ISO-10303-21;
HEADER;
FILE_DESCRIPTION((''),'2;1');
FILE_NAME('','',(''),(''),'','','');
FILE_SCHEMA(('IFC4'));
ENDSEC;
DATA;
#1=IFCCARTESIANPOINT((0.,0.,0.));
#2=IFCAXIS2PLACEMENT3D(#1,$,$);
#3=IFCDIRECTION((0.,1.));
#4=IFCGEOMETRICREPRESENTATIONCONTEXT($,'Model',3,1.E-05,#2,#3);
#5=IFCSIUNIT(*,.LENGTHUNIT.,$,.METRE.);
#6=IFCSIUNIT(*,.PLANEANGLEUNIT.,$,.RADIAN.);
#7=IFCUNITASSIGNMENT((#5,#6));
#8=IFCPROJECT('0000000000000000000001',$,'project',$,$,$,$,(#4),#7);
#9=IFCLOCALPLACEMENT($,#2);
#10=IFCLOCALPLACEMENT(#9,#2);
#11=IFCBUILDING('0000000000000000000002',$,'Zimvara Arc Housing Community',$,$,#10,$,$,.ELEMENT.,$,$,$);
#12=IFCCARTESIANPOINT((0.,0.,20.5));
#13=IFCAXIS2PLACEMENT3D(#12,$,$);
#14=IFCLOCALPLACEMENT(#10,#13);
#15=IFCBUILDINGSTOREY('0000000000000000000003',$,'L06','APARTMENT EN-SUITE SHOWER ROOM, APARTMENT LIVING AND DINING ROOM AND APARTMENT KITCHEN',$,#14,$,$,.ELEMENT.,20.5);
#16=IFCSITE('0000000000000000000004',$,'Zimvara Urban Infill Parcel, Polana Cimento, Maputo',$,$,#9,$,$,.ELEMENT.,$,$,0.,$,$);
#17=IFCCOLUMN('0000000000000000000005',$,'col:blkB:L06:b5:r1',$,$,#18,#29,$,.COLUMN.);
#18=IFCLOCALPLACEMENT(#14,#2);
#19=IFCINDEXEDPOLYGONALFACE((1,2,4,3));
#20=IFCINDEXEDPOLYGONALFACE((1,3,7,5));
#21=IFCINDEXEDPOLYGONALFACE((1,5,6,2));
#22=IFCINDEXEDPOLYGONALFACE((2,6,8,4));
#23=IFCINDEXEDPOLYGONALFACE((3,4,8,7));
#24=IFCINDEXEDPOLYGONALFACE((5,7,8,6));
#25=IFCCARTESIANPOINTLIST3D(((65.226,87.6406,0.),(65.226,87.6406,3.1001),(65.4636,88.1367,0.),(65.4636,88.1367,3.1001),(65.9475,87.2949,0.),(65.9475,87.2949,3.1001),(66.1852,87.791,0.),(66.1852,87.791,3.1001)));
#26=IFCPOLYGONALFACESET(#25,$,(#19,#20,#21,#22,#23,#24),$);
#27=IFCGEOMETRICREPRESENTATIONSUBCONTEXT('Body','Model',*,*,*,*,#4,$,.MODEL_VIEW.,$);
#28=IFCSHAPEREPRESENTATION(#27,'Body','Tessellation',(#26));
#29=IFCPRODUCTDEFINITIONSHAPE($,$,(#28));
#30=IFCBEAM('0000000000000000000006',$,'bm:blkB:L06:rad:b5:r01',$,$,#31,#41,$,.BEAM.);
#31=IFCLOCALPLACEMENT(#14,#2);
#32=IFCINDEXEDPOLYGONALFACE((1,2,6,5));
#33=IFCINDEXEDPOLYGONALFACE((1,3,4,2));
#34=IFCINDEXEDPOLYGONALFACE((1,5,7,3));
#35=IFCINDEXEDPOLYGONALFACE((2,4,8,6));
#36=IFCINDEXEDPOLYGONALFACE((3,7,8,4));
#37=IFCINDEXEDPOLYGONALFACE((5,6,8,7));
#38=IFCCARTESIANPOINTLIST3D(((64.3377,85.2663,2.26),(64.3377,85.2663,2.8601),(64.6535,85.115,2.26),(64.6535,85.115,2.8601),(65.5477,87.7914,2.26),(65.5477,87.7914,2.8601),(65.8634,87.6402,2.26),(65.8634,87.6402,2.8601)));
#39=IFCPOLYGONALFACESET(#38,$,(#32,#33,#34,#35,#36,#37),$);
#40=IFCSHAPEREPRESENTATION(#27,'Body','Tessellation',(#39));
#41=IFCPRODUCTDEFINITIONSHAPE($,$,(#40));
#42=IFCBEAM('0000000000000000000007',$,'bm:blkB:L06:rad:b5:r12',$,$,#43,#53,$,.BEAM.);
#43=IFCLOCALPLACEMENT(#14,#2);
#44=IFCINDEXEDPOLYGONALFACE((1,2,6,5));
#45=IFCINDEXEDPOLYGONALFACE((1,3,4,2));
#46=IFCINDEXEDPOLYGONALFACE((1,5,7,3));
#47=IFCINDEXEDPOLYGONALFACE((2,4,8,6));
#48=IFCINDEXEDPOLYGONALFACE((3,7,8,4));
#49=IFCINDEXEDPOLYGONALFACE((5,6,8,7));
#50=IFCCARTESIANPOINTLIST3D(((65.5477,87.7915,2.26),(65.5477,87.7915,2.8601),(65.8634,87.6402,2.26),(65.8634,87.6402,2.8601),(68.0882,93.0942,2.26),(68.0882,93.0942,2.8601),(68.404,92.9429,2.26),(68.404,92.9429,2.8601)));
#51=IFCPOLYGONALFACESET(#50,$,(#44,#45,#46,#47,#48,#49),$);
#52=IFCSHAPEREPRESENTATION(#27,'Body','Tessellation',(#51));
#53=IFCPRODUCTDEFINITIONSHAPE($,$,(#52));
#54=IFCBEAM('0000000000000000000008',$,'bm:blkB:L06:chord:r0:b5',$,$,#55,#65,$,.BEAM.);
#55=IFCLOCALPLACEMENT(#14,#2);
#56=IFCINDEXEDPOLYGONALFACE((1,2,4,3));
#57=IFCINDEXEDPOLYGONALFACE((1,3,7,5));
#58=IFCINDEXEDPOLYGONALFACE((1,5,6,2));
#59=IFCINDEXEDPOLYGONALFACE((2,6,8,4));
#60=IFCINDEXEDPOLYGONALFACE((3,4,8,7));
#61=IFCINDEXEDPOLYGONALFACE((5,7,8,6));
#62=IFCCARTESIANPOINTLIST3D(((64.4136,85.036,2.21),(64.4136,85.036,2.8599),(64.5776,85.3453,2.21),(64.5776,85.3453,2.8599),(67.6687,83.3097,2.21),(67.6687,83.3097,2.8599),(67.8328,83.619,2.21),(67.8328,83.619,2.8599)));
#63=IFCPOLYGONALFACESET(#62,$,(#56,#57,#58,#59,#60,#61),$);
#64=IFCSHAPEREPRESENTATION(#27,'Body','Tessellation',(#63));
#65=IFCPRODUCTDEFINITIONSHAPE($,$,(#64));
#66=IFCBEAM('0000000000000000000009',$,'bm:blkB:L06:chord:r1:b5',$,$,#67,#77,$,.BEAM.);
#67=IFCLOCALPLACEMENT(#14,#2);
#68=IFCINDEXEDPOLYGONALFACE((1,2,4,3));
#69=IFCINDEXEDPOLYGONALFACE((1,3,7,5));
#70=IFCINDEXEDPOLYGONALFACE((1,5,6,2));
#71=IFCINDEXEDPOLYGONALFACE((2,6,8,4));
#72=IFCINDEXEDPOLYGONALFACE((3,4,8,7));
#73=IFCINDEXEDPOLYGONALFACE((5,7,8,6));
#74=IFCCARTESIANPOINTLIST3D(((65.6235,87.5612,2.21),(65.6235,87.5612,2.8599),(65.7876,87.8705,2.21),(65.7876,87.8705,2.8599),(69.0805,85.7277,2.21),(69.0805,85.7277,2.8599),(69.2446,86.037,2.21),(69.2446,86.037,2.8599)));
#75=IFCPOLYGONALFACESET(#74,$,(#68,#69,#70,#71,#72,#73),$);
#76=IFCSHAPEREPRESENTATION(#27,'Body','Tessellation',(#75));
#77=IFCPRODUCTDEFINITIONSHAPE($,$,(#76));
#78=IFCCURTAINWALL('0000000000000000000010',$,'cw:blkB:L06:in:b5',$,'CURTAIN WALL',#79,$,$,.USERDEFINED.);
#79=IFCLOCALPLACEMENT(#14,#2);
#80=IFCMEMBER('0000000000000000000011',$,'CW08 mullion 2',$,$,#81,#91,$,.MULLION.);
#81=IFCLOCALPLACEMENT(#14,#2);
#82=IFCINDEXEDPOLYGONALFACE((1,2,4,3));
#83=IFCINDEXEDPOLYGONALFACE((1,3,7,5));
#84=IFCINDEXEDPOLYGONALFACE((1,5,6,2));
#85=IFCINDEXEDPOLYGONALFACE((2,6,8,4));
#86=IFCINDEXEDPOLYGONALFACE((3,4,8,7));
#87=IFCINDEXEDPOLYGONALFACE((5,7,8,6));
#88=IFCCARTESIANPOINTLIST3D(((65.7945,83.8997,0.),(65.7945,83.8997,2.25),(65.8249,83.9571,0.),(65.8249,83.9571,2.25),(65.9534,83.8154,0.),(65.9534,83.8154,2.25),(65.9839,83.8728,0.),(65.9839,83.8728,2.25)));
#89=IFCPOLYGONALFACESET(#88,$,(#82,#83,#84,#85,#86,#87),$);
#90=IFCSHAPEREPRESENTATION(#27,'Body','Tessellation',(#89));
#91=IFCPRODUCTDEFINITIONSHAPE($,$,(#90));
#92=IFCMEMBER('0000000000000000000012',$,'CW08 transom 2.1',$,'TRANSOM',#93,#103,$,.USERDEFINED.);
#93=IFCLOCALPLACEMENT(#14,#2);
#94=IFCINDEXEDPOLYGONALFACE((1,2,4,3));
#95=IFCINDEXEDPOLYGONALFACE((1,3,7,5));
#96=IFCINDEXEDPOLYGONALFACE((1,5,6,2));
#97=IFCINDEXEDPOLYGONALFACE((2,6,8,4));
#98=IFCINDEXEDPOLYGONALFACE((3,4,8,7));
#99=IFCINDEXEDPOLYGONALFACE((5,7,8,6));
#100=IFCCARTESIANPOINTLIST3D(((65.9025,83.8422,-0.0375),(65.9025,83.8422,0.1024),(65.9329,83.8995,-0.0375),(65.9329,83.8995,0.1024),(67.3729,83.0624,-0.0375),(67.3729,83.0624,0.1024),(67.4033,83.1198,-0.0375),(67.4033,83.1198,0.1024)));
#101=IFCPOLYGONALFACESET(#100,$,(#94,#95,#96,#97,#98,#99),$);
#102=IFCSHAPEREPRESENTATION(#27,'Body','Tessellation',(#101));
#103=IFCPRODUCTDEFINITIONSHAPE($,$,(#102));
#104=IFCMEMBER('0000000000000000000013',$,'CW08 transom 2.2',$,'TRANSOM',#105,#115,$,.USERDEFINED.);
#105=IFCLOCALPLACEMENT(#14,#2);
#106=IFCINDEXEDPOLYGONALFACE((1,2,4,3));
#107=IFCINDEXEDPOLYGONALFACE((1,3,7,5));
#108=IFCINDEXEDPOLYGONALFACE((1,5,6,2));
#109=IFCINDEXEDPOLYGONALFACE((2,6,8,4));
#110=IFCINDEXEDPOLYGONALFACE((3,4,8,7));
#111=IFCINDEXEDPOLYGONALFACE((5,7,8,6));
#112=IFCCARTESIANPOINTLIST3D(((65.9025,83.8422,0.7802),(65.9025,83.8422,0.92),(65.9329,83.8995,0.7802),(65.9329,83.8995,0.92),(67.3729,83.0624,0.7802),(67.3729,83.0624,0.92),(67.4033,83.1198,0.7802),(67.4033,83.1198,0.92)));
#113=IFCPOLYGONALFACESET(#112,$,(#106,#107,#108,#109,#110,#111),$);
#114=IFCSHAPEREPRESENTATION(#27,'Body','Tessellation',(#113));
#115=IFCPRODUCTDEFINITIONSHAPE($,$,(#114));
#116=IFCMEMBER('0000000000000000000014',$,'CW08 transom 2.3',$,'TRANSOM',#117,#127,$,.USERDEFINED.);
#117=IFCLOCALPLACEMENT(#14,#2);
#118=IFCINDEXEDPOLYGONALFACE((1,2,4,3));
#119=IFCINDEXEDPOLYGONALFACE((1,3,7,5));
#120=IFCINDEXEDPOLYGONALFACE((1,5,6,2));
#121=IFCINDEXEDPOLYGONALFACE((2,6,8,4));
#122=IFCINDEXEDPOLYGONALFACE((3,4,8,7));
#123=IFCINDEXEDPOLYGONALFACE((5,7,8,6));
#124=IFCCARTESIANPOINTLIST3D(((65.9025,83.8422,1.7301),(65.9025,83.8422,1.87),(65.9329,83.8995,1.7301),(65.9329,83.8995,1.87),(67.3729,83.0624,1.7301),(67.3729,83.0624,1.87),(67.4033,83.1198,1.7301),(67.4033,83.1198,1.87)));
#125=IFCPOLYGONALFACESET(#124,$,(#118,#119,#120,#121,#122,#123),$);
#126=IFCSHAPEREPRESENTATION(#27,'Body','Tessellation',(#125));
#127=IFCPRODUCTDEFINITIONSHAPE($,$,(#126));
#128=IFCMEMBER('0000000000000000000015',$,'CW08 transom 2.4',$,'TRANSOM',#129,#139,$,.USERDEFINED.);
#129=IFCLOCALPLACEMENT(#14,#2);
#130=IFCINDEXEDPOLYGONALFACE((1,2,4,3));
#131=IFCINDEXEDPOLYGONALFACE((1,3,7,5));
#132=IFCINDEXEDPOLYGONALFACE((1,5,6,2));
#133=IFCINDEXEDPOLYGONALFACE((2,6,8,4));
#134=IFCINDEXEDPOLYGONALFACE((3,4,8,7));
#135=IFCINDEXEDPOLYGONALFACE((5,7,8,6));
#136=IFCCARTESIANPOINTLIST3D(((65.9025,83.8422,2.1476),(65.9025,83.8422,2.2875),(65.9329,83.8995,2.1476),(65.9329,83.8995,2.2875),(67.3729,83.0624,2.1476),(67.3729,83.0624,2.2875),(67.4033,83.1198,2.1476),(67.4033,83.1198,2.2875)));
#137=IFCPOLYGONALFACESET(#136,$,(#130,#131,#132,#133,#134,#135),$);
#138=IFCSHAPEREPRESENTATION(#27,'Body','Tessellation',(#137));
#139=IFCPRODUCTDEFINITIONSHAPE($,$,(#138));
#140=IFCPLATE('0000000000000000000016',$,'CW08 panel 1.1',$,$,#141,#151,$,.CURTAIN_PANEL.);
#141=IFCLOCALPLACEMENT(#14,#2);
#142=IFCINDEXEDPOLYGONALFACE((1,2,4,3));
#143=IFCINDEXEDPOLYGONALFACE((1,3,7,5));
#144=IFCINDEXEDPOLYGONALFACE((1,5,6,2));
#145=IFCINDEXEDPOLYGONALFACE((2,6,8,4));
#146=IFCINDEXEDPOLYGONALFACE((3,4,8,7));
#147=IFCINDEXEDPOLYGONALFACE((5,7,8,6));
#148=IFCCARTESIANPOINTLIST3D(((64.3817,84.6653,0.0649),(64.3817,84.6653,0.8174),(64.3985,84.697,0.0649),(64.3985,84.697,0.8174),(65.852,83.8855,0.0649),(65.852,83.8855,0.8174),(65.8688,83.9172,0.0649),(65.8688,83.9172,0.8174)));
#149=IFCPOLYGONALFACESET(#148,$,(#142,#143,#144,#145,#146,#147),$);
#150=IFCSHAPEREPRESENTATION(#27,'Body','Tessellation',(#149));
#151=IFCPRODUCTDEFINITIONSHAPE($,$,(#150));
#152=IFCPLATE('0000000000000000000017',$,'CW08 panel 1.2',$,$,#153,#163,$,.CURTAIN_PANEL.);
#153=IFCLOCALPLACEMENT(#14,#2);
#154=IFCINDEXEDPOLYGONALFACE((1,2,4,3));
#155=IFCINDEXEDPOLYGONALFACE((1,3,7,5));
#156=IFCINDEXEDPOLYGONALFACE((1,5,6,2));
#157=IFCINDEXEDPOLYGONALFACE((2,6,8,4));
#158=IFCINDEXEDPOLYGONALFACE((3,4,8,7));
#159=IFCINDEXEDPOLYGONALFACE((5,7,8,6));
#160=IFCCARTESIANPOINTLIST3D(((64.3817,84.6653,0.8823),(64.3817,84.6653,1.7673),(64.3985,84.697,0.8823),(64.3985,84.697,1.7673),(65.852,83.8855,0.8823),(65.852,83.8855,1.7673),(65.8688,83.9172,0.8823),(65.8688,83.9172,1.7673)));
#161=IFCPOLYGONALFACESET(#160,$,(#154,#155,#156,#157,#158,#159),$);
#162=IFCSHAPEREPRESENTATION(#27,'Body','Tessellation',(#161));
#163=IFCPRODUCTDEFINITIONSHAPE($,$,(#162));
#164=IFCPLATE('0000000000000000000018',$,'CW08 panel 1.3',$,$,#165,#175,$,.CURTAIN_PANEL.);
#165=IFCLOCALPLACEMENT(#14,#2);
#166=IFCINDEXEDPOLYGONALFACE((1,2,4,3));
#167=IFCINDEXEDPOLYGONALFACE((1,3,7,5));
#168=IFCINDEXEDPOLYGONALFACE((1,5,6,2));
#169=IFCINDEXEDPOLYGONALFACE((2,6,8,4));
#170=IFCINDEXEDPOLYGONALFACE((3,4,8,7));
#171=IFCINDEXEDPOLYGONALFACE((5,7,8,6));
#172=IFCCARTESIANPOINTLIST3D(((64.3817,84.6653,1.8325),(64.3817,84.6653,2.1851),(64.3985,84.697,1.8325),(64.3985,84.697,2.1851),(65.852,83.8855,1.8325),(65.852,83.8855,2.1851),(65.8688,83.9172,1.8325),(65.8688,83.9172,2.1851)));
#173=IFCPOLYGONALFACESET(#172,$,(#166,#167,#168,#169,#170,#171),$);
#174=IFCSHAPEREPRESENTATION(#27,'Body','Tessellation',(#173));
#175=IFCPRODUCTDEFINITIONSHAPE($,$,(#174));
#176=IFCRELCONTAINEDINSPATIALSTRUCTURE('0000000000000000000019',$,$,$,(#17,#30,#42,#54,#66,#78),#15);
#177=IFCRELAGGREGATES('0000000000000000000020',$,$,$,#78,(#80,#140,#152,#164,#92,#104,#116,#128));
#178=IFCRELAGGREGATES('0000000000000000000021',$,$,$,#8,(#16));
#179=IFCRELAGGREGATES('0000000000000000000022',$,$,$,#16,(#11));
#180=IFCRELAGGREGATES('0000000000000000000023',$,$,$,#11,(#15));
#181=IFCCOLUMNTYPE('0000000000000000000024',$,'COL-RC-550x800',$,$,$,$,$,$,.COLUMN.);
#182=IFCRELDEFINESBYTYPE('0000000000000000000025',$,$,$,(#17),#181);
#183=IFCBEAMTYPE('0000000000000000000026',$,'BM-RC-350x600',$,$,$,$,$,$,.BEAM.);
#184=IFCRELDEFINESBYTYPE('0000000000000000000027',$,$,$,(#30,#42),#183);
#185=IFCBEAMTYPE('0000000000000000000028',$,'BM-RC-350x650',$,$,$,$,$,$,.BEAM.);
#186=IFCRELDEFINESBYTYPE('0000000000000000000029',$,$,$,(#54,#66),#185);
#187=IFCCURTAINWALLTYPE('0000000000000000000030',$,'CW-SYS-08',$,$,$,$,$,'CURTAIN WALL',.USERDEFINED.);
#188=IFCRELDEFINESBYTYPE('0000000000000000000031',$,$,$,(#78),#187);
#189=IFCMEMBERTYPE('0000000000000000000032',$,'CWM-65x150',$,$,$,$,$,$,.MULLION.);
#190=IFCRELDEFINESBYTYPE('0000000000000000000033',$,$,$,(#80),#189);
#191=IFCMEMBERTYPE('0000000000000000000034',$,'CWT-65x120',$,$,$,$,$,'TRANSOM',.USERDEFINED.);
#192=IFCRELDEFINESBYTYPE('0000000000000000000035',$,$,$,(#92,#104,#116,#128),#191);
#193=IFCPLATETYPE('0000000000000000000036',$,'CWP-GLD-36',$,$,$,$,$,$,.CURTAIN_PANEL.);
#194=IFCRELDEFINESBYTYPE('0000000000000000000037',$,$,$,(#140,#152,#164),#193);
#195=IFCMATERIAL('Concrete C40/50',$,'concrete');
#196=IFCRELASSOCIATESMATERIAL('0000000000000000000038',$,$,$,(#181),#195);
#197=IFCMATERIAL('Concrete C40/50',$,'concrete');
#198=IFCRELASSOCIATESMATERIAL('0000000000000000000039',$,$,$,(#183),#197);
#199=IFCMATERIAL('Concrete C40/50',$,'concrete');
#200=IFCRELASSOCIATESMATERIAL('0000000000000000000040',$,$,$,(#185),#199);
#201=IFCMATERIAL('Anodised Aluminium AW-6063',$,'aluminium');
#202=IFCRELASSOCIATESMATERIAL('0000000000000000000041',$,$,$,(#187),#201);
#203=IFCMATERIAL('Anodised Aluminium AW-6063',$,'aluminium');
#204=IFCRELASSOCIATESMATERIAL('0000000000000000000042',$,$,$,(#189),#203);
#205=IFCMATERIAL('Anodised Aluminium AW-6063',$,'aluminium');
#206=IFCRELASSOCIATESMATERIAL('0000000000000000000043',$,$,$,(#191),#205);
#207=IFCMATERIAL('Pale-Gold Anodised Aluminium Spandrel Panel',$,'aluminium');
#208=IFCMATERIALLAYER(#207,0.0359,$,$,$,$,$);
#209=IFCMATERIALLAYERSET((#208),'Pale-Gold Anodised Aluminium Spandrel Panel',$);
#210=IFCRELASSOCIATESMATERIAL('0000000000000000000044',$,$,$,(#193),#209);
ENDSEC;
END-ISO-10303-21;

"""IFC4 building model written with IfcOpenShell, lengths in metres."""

from ifc_helpers import new_model, si_unit, direction, frame, origin, origin_2d, place, context, subcontext, project, spatial, rectangle, extrude, material, layer, layer_set, material_profile, profile_set, type_object, element, aggregate, save


model = new_model("IFC4")

# Units and contexts
model_context = context("Model", 3, precision=1e-05, world=origin(), true_north=direction((0.0, 1.0)))
body_context = subcontext(model_context, "Body", "Model", "MODEL_VIEW")
ifc_project = project(units=[si_unit("LENGTHUNIT", "METRE"), si_unit("PLANEANGLEUNIT", "RADIAN")], contexts=[model_context])

# Site, building, storey
site_placement = place(None, origin())
site = spatial("IfcSite", under=ifc_project, at=site_placement, Name="Zimvara Urban Infill Parcel, Polana Cimento, Maputo", CompositionType="ELEMENT", RefElevation=0.0)
building_placement = place(site_placement, origin())
building = spatial("IfcBuilding", under=site, at=building_placement, Name="Zimvara Arc Housing Community", CompositionType="ELEMENT")
storey_placement = place(building_placement, frame((0.0, 0.0, 20.5)))
storey = spatial("IfcBuildingStorey", under=building, at=storey_placement, Name="L06", Description="APARTMENT EN-SUITE SHOWER ROOM, APARTMENT LIVING AND DINING ROOM AND APARTMENT KITCHEN", CompositionType="ELEMENT", Elevation=20.5)

# Column
ifc_material_1 = material(Name="Concrete C40/50", Category="concrete")
ifc_material_profile_1 = material_profile(ifc_material_1, rectangle(XDim=0.55, YDim=0.8, at=origin_2d()), Name="RC 550x800")
ifc_profile_set_1 = profile_set([ifc_material_profile_1], Name="Concrete C40/50")
column_type = type_object("IfcColumnType", Name="COL-RC-550x800", PredefinedType="COLUMN", material=ifc_profile_set_1)
column_placement = place(storey_placement, frame((65.7056, 87.7158, 0.0), z_axis=(0.0, 0.0, 1.0), x_axis=(0.432086, 0.901833, 0.0)))
element("IfcColumn", 1, at=column_placement, inside=storey, type_object=column_type, Name="col:blkB:L06:b5:r1", PredefinedType="COLUMN", context=body_context, shape_type="SweptSolid", body=[
    extrude(rectangle(XDim=0.55, YDim=0.8, at=origin_2d()), origin(), (0.0, 0.0, 1.0), 3.1001),
])

# Beams
ifc_material_2 = material(Name="Concrete C40/50", Category="concrete")
ifc_material_profile_2 = material_profile(ifc_material_2, rectangle(XDim=0.3501, YDim=0.6001, at=origin_2d()), Name="RC 350x600")
ifc_profile_set_2 = profile_set([ifc_material_profile_2], Name="Concrete C40/50")
beam_type_1 = type_object("IfcBeamType", Name="BM-RC-350x600", PredefinedType="BEAM", material=ifc_profile_set_2)
beam_1_placement = place(storey_placement, frame((64.4956, 85.1907, 2.5601), z_axis=(0.432119, 0.901817, 0.0), x_axis=(-0.901817, 0.432119, 0.0)))
element("IfcBeam", 2, at=beam_1_placement, inside=storey, type_object=beam_type_1, Name="bm:blkB:L06:rad:b5:r01", PredefinedType="BEAM", context=body_context, shape_type="SweptSolid", body=[
    extrude(rectangle(XDim=0.3501, YDim=0.6001, at=origin_2d()), origin(), (0.0, 0.0, 1.0), 2.8),
])
beam_2_placement = place(storey_placement, frame((65.7056, 87.7158, 2.5601), z_axis=(0.43207, 0.90184, 0.0), x_axis=(-0.90184, 0.43207, 0.0)))
element("IfcBeam", 3, at=beam_2_placement, inside=storey, type_object=beam_type_1, Name="bm:blkB:L06:rad:b5:r12", PredefinedType="BEAM", context=body_context, shape_type="SweptSolid", body=[
    extrude(rectangle(XDim=0.3501, YDim=0.6001, at=origin_2d()), origin(), (0.0, 0.0, 1.0), 5.8799),
])
ifc_material_3 = material(Name="Concrete C40/50", Category="concrete")
ifc_material_profile_3 = material_profile(ifc_material_3, rectangle(XDim=0.3501, YDim=0.6499, at=origin_2d()), Name="RC 350x650")
ifc_profile_set_3 = profile_set([ifc_material_profile_3], Name="Concrete C40/50")
beam_type_2 = type_object("IfcBeamType", Name="BM-RC-350x650", PredefinedType="BEAM", material=ifc_profile_set_3)
beam_3_placement = place(storey_placement, frame((64.4956, 85.1907, 2.5349), z_axis=(0.883449, -0.468527, 0.0), x_axis=(0.468527, 0.883449, 0.0)))
element("IfcBeam", 4, at=beam_3_placement, inside=storey, type_object=beam_type_2, Name="bm:blkB:L06:chord:r0:b5", PredefinedType="BEAM", context=body_context, shape_type="SweptSolid", body=[
    extrude(rectangle(XDim=0.3501, YDim=0.6499, at=origin_2d()), origin(), (0.0, 0.0, 1.0), 3.6846),
])
beam_4_placement = place(storey_placement, frame((65.7056, 87.7158, 2.5349), z_axis=(0.883439, -0.468547, 0.0), x_axis=(0.468547, 0.883439, 0.0)))
element("IfcBeam", 5, at=beam_4_placement, inside=storey, type_object=beam_type_2, Name="bm:blkB:L06:chord:r1:b5", PredefinedType="BEAM", context=body_context, shape_type="SweptSolid", body=[
    extrude(rectangle(XDim=0.3501, YDim=0.6499, at=origin_2d()), origin(), (0.0, 0.0, 1.0), 3.9131),
])

# Curtain wall, members, plates
ifc_material_4 = material(Name="Anodised Aluminium AW-6063", Category="aluminium")
curtain_wall_type = type_object("IfcCurtainWallType", Name="CW-SYS-08", ElementType="CURTAIN WALL", PredefinedType="USERDEFINED", material=ifc_material_4)
curtain_wall_placement = place(storey_placement, origin())
curtain_wall = element("IfcCurtainWall", 6, at=curtain_wall_placement, inside=storey, type_object=curtain_wall_type, Name="cw:blkB:L06:in:b5", ObjectType="CURTAIN WALL", PredefinedType="USERDEFINED")
ifc_material_5 = material(Name="Anodised Aluminium AW-6063", Category="aluminium")
ifc_material_profile_4 = material_profile(ifc_material_5, rectangle(XDim=0.0649, YDim=0.1799, at=origin_2d()), Name="ALU 65x180")
ifc_profile_set_4 = profile_set([ifc_material_profile_4], Name="Anodised Aluminium AW-6063")
member_type_1 = type_object("IfcMemberType", Name="CWM-65x150", PredefinedType="MULLION", material=ifc_profile_set_4)
member_1_placement = place(storey_placement, frame((65.8892, 83.8862, 0.0), z_axis=(0.0, 0.0, 1.0), x_axis=(0.468545, 0.88344, 0.0)))
member_1 = element("IfcMember", 7, at=member_1_placement, type_object=member_type_1, Name="CW08 mullion 2", PredefinedType="MULLION", context=body_context, shape_type="SweptSolid", body=[
    extrude(rectangle(XDim=0.0649, YDim=0.1799, at=origin_2d()), origin(), (0.0, 0.0, 1.0), 2.25),
])
ifc_material_6 = material(Name="Anodised Aluminium AW-6063", Category="aluminium")
ifc_material_profile_5 = material_profile(ifc_material_6, rectangle(XDim=0.0649, YDim=0.1399, at=origin_2d()), Name="ALU 65x140")
ifc_profile_set_5 = profile_set([ifc_material_profile_5], Name="Anodised Aluminium AW-6063")
member_type_2 = type_object("IfcMemberType", Name="CWT-65x120", ElementType="TRANSOM", PredefinedType="USERDEFINED", material=ifc_profile_set_5)
member_2_placement = place(storey_placement, frame((65.9177, 83.8708, 0.0325), z_axis=(0.883463, -0.468501, 0.0), x_axis=(0.468501, 0.883463, 0.0)))
member_2 = element("IfcMember", 8, at=member_2_placement, type_object=member_type_2, Name="CW08 transom 2.1", ObjectType="TRANSOM", PredefinedType="USERDEFINED", context=body_context, shape_type="SweptSolid", body=[
    extrude(rectangle(XDim=0.0649, YDim=0.1399, at=origin_2d()), origin(), (0.0, 0.0, 1.0), 1.6643),
])
member_3_placement = place(storey_placement, frame((65.9177, 83.8708, 0.8501), z_axis=(0.883463, -0.468501, 0.0), x_axis=(0.468501, 0.883463, 0.0)))
member_3 = element("IfcMember", 9, at=member_3_placement, type_object=member_type_2, Name="CW08 transom 2.2", ObjectType="TRANSOM", PredefinedType="USERDEFINED", context=body_context, shape_type="SweptSolid", body=[
    extrude(rectangle(XDim=0.0649, YDim=0.1399, at=origin_2d()), origin(), (0.0, 0.0, 1.0), 1.6643),
])
member_4_placement = place(storey_placement, frame((65.9177, 83.8708, 1.8), z_axis=(0.883463, -0.468501, 0.0), x_axis=(0.468501, 0.883463, 0.0)))
member_4 = element("IfcMember", 10, at=member_4_placement, type_object=member_type_2, Name="CW08 transom 2.3", ObjectType="TRANSOM", PredefinedType="USERDEFINED", context=body_context, shape_type="SweptSolid", body=[
    extrude(rectangle(XDim=0.0649, YDim=0.1399, at=origin_2d()), origin(), (0.0, 0.0, 1.0), 1.6643),
])
member_5_placement = place(storey_placement, frame((65.9177, 83.8708, 2.2175), z_axis=(0.883463, -0.468501, 0.0), x_axis=(0.468501, 0.883463, 0.0)))
member_5 = element("IfcMember", 11, at=member_5_placement, type_object=member_type_2, Name="CW08 transom 2.4", ObjectType="TRANSOM", PredefinedType="USERDEFINED", context=body_context, shape_type="SweptSolid", body=[
    extrude(rectangle(XDim=0.0649, YDim=0.1399, at=origin_2d()), origin(), (0.0, 0.0, 1.0), 1.6643),
])
ifc_material_7 = material(Name="Pale-Gold Anodised Aluminium Spandrel Panel", Category="aluminium")
ifc_layer_1 = layer(ifc_material_7, 0.0359)
ifc_layer_set_1 = layer_set([ifc_layer_1], Name="Pale-Gold Anodised Aluminium Spandrel Panel")
plate_type = type_object("IfcPlateType", Name="CWP-GLD-36", PredefinedType="CURTAIN_PANEL", material=ifc_layer_set_1)
plate_1_placement = place(storey_placement, frame((65.1252, 84.2913, 0.0649), z_axis=(0.0, 0.0, 1.0), x_axis=(0.88344, -0.468545, 0.0)))
plate_1 = element("IfcPlate", 12, at=plate_1_placement, type_object=plate_type, Name="CW08 panel 1.1", PredefinedType="CURTAIN_PANEL", context=body_context, shape_type="SweptSolid", body=[
    extrude(rectangle(XDim=1.6643, YDim=0.0359, at=origin_2d()), origin(), (0.0, 0.0, 1.0), 0.7524),
])
plate_2_placement = place(storey_placement, frame((65.1252, 84.2913, 0.8823), z_axis=(0.0, 0.0, 1.0), x_axis=(0.88344, -0.468545, 0.0)))
plate_2 = element("IfcPlate", 13, at=plate_2_placement, type_object=plate_type, Name="CW08 panel 1.2", PredefinedType="CURTAIN_PANEL", context=body_context, shape_type="SweptSolid", body=[
    extrude(rectangle(XDim=1.6643, YDim=0.0359, at=origin_2d()), origin(), (0.0, 0.0, 1.0), 0.885),
])
plate_3_placement = place(storey_placement, frame((65.1252, 84.2913, 1.8325), z_axis=(0.0, 0.0, 1.0), x_axis=(0.88344, -0.468545, 0.0)))
plate_3 = element("IfcPlate", 14, at=plate_3_placement, type_object=plate_type, Name="CW08 panel 1.3", PredefinedType="CURTAIN_PANEL", context=body_context, shape_type="SweptSolid", body=[
    extrude(rectangle(XDim=1.6643, YDim=0.0359, at=origin_2d()), origin(), (0.0, 0.0, 1.0), 0.3525),
])
aggregate(curtain_wall, [member_1, plate_1, plate_2, plate_3, member_2, member_3, member_4, member_5])

save(model, "model.ifc")
